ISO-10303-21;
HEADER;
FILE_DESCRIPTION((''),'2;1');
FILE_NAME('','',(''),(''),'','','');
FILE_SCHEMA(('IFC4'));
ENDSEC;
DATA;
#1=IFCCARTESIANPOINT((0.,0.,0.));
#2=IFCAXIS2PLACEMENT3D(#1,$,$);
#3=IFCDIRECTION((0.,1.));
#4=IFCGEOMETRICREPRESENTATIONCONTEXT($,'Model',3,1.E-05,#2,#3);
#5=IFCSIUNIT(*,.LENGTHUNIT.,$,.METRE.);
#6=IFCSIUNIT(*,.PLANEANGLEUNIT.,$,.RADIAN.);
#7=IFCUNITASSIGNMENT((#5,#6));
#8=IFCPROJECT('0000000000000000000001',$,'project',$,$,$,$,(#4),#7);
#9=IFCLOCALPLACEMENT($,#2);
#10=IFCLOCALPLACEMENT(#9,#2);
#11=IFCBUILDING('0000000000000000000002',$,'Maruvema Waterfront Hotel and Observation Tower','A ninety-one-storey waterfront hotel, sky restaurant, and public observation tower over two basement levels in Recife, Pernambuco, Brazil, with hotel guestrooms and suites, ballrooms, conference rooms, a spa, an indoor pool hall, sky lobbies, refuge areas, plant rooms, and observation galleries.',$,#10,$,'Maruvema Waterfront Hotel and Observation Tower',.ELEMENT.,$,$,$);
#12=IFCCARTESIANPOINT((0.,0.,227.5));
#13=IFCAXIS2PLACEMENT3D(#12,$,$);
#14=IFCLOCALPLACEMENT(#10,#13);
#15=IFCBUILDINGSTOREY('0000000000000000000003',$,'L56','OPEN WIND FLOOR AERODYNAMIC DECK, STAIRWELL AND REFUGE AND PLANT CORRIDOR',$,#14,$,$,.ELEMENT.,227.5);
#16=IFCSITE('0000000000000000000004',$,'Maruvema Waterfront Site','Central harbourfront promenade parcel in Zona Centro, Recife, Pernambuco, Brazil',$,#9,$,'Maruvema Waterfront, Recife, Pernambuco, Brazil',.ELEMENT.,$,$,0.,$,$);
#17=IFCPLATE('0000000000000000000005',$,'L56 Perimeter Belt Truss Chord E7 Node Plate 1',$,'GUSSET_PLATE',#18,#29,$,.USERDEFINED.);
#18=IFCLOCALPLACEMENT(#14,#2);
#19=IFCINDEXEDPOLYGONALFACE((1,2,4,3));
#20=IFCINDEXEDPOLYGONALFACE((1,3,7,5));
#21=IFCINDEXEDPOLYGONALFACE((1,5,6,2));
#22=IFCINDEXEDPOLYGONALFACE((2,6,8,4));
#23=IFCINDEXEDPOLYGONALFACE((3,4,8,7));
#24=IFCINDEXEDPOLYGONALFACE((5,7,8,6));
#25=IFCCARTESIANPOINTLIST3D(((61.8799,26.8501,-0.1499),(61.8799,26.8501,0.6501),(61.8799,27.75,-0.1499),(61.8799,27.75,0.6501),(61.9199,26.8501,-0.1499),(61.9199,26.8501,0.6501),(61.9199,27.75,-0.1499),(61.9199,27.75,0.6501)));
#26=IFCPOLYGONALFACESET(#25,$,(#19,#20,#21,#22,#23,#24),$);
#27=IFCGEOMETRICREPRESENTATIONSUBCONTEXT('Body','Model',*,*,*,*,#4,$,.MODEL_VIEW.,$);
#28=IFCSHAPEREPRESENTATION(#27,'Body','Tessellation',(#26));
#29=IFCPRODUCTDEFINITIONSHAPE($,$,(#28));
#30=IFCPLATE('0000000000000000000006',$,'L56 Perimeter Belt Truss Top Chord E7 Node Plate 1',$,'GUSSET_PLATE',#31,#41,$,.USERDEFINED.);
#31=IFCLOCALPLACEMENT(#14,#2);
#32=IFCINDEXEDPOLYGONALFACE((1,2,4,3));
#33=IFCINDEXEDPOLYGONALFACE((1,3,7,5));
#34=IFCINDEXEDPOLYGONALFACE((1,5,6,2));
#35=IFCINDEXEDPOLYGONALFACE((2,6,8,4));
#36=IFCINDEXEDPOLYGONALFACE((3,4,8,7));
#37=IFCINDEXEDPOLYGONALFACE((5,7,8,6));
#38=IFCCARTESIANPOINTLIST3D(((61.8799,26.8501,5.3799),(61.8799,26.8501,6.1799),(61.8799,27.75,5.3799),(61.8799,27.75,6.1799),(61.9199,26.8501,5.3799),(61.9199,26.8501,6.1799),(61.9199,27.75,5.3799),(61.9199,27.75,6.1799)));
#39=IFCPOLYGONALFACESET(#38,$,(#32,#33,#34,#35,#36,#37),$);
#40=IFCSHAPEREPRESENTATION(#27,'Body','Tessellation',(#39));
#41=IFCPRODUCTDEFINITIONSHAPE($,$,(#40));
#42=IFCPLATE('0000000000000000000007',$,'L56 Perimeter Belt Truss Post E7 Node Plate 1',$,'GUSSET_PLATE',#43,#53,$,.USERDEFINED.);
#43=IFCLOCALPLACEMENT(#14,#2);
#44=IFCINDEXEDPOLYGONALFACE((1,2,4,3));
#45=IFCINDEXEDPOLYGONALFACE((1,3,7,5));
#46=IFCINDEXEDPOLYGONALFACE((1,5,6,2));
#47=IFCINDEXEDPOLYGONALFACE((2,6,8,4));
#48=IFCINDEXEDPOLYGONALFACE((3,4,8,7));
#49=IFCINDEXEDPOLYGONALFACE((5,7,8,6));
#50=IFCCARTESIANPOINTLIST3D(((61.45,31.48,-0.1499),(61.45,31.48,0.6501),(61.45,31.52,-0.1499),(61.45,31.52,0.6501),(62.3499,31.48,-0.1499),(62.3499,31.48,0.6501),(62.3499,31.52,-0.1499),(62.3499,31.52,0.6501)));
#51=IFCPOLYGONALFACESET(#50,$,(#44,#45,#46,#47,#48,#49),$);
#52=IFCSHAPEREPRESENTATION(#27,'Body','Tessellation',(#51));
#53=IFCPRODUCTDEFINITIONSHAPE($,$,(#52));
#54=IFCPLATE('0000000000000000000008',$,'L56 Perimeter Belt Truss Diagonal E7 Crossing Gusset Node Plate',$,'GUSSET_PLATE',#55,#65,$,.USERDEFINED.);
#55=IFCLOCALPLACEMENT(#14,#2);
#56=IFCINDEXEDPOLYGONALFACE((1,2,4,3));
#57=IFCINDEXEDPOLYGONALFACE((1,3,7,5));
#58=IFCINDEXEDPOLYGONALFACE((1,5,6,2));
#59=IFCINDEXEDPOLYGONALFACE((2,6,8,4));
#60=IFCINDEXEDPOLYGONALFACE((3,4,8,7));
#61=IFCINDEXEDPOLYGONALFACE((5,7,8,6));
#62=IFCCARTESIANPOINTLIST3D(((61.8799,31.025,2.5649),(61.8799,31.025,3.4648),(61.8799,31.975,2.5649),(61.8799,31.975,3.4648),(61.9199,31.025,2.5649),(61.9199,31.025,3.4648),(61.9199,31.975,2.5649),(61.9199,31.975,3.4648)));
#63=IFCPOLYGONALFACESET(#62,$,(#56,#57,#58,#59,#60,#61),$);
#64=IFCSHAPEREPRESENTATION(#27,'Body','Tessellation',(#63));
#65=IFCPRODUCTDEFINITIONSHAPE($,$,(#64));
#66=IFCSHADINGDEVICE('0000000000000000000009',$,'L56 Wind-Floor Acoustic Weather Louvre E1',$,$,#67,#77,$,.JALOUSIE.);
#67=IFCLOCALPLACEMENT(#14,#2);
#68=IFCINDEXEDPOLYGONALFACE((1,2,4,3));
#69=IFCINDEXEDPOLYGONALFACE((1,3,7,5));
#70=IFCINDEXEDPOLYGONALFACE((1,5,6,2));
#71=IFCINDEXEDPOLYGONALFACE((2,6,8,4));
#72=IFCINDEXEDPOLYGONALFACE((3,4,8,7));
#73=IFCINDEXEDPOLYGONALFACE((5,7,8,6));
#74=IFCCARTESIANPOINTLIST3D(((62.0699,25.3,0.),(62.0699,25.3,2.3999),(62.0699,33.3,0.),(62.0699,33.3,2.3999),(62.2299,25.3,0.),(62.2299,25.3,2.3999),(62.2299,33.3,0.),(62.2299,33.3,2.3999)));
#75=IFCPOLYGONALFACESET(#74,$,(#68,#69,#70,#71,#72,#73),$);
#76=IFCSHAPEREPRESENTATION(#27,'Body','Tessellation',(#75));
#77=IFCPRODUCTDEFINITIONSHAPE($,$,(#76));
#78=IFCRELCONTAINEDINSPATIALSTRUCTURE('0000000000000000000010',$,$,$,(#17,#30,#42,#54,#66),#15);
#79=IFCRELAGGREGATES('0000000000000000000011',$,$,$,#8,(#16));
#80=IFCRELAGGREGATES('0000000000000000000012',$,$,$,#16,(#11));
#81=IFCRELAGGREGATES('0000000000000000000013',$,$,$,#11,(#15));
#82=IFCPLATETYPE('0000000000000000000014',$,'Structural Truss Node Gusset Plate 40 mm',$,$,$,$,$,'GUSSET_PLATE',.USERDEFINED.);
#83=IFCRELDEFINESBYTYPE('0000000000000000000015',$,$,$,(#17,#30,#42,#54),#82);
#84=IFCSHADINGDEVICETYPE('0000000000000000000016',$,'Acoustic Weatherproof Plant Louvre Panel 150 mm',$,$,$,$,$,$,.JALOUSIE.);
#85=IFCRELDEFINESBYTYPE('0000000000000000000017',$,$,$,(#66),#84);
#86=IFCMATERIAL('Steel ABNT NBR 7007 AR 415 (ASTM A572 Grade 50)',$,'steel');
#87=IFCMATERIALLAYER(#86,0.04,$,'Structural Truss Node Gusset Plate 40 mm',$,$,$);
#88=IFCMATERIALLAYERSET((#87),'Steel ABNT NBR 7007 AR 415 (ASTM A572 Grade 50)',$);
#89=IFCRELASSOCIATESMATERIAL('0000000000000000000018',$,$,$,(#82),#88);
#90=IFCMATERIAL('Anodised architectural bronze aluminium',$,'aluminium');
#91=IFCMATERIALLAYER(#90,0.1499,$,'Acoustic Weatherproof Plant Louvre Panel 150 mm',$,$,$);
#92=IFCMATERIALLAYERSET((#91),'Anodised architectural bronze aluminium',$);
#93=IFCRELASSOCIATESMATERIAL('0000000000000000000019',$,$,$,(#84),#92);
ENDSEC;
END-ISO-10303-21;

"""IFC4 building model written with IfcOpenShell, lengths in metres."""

from ifc_helpers import new_model, si_unit, direction, frame, origin, origin_2d, place, context, subcontext, project, spatial, rectangle, extrude, material, layer, layer_set, type_object, element, save


model = new_model("IFC4")

# Units and contexts
model_context = context("Model", 3, precision=1e-05, world=origin(), true_north=direction((0.0, 1.0)))
body_context = subcontext(model_context, "Body", "Model", "MODEL_VIEW")
ifc_project = project(units=[si_unit("LENGTHUNIT", "METRE"), si_unit("PLANEANGLEUNIT", "RADIAN")], contexts=[model_context])

# Site, building, storey
site_placement = place(None, origin())
site = spatial("IfcSite", under=ifc_project, at=site_placement, Name="Maruvema Waterfront Site", Description="Central harbourfront promenade parcel in Zona Centro, Recife, Pernambuco, Brazil", LongName="Maruvema Waterfront, Recife, Pernambuco, Brazil", CompositionType="ELEMENT", RefElevation=0.0)
building_placement = place(site_placement, origin())
building = spatial("IfcBuilding", under=site, at=building_placement, Name="Maruvema Waterfront Hotel and Observation Tower", Description="A ninety-one-storey waterfront hotel, sky restaurant, and public observation tower over two basement levels in Recife, Pernambuco, Brazil, with hotel guestrooms and suites, ballrooms, conference rooms, a spa, an indoor pool hall, sky lobbies, refuge areas, plant rooms, and observation galleries.", LongName="Maruvema Waterfront Hotel and Observation Tower", CompositionType="ELEMENT")
storey_placement = place(building_placement, frame((0.0, 0.0, 227.5)))
storey = spatial("IfcBuildingStorey", under=building, at=storey_placement, Name="L56", Description="OPEN WIND FLOOR AERODYNAMIC DECK, STAIRWELL AND REFUGE AND PLANT CORRIDOR", CompositionType="ELEMENT", Elevation=227.5)

# Plates
ifc_material_1 = material(Name="Steel ABNT NBR 7007 AR 415 (ASTM A572 Grade 50)", Category="steel")
ifc_layer_1 = layer(ifc_material_1, 0.04, Name="Structural Truss Node Gusset Plate 40 mm")
ifc_layer_set_1 = layer_set([ifc_layer_1], Name="Steel ABNT NBR 7007 AR 415 (ASTM A572 Grade 50)")
plate_type_1 = type_object("IfcPlateType", Name="Structural Truss Node Gusset Plate 40 mm", ElementType="GUSSET_PLATE", PredefinedType="USERDEFINED", material=ifc_layer_set_1)
for number, where, z_axis, x_axis, name in (
    (1, (61.8999, 27.3, -0.1499), (0.0, 0.0, 1.0), (0.0, 1.0, 0.0), "L56 Perimeter Belt Truss Chord E7 Node Plate 1"),
    (2, (61.8999, 27.3, 5.3799), (0.0, 0.0, 1.0), (0.0, 1.0, 0.0), "L56 Perimeter Belt Truss Top Chord E7 Node Plate 1"),
    (3, (61.8999, 31.5, -0.1499), (0.0, 0.0, 1.0), (1.0, 0.0, 0.0), "L56 Perimeter Belt Truss Post E7 Node Plate 1"),
):
    element("IfcPlate", number, at=place(storey_placement, frame(where, z_axis=z_axis, x_axis=x_axis)), inside=storey, type_object=plate_type_1, Name=name, ObjectType="GUSSET_PLATE", PredefinedType="USERDEFINED", context=body_context, shape_type="SweptSolid", body=[
        extrude(rectangle(XDim=0.8999, YDim=0.04, at=origin_2d()), origin(), (0.0, 0.0, 1.0), 0.8),
    ])
plate_1_placement = place(storey_placement, frame((61.8999, 31.5, 2.5649), z_axis=(0.0, 0.0, 1.0), x_axis=(0.0, -1.0, 0.0)))
element("IfcPlate", 4, at=plate_1_placement, inside=storey, type_object=plate_type_1, Name="L56 Perimeter Belt Truss Diagonal E7 Crossing Gusset Node Plate", ObjectType="GUSSET_PLATE", PredefinedType="USERDEFINED", context=body_context, shape_type="SweptSolid", body=[
    extrude(rectangle(XDim=0.95, YDim=0.04, at=origin_2d()), origin(), (0.0, 0.0, 1.0), 0.8999),
])

# Shading device
ifc_material_2 = material(Name="Anodised architectural bronze aluminium", Category="aluminium")
ifc_layer_2 = layer(ifc_material_2, 0.1499, Name="Acoustic Weatherproof Plant Louvre Panel 150 mm")
ifc_layer_set_2 = layer_set([ifc_layer_2], Name="Anodised architectural bronze aluminium")
shading_device_type = type_object("IfcShadingDeviceType", Name="Acoustic Weatherproof Plant Louvre Panel 150 mm", PredefinedType="JALOUSIE", material=ifc_layer_set_2)
shading_device_placement = place(storey_placement, frame((62.1499, 29.3, 0.0), z_axis=(0.0, 0.0, 1.0), x_axis=(0.0, 1.0, 0.0)))
element("IfcShadingDevice", 5, at=shading_device_placement, inside=storey, type_object=shading_device_type, Name="L56 Wind-Floor Acoustic Weather Louvre E1", PredefinedType="JALOUSIE", context=body_context, shape_type="SweptSolid", body=[
    extrude(rectangle(XDim=8.0, YDim=0.1599, at=origin_2d()), origin(), (0.0, 0.0, 1.0), 2.3999),
])

save(model, "model.ifc")
